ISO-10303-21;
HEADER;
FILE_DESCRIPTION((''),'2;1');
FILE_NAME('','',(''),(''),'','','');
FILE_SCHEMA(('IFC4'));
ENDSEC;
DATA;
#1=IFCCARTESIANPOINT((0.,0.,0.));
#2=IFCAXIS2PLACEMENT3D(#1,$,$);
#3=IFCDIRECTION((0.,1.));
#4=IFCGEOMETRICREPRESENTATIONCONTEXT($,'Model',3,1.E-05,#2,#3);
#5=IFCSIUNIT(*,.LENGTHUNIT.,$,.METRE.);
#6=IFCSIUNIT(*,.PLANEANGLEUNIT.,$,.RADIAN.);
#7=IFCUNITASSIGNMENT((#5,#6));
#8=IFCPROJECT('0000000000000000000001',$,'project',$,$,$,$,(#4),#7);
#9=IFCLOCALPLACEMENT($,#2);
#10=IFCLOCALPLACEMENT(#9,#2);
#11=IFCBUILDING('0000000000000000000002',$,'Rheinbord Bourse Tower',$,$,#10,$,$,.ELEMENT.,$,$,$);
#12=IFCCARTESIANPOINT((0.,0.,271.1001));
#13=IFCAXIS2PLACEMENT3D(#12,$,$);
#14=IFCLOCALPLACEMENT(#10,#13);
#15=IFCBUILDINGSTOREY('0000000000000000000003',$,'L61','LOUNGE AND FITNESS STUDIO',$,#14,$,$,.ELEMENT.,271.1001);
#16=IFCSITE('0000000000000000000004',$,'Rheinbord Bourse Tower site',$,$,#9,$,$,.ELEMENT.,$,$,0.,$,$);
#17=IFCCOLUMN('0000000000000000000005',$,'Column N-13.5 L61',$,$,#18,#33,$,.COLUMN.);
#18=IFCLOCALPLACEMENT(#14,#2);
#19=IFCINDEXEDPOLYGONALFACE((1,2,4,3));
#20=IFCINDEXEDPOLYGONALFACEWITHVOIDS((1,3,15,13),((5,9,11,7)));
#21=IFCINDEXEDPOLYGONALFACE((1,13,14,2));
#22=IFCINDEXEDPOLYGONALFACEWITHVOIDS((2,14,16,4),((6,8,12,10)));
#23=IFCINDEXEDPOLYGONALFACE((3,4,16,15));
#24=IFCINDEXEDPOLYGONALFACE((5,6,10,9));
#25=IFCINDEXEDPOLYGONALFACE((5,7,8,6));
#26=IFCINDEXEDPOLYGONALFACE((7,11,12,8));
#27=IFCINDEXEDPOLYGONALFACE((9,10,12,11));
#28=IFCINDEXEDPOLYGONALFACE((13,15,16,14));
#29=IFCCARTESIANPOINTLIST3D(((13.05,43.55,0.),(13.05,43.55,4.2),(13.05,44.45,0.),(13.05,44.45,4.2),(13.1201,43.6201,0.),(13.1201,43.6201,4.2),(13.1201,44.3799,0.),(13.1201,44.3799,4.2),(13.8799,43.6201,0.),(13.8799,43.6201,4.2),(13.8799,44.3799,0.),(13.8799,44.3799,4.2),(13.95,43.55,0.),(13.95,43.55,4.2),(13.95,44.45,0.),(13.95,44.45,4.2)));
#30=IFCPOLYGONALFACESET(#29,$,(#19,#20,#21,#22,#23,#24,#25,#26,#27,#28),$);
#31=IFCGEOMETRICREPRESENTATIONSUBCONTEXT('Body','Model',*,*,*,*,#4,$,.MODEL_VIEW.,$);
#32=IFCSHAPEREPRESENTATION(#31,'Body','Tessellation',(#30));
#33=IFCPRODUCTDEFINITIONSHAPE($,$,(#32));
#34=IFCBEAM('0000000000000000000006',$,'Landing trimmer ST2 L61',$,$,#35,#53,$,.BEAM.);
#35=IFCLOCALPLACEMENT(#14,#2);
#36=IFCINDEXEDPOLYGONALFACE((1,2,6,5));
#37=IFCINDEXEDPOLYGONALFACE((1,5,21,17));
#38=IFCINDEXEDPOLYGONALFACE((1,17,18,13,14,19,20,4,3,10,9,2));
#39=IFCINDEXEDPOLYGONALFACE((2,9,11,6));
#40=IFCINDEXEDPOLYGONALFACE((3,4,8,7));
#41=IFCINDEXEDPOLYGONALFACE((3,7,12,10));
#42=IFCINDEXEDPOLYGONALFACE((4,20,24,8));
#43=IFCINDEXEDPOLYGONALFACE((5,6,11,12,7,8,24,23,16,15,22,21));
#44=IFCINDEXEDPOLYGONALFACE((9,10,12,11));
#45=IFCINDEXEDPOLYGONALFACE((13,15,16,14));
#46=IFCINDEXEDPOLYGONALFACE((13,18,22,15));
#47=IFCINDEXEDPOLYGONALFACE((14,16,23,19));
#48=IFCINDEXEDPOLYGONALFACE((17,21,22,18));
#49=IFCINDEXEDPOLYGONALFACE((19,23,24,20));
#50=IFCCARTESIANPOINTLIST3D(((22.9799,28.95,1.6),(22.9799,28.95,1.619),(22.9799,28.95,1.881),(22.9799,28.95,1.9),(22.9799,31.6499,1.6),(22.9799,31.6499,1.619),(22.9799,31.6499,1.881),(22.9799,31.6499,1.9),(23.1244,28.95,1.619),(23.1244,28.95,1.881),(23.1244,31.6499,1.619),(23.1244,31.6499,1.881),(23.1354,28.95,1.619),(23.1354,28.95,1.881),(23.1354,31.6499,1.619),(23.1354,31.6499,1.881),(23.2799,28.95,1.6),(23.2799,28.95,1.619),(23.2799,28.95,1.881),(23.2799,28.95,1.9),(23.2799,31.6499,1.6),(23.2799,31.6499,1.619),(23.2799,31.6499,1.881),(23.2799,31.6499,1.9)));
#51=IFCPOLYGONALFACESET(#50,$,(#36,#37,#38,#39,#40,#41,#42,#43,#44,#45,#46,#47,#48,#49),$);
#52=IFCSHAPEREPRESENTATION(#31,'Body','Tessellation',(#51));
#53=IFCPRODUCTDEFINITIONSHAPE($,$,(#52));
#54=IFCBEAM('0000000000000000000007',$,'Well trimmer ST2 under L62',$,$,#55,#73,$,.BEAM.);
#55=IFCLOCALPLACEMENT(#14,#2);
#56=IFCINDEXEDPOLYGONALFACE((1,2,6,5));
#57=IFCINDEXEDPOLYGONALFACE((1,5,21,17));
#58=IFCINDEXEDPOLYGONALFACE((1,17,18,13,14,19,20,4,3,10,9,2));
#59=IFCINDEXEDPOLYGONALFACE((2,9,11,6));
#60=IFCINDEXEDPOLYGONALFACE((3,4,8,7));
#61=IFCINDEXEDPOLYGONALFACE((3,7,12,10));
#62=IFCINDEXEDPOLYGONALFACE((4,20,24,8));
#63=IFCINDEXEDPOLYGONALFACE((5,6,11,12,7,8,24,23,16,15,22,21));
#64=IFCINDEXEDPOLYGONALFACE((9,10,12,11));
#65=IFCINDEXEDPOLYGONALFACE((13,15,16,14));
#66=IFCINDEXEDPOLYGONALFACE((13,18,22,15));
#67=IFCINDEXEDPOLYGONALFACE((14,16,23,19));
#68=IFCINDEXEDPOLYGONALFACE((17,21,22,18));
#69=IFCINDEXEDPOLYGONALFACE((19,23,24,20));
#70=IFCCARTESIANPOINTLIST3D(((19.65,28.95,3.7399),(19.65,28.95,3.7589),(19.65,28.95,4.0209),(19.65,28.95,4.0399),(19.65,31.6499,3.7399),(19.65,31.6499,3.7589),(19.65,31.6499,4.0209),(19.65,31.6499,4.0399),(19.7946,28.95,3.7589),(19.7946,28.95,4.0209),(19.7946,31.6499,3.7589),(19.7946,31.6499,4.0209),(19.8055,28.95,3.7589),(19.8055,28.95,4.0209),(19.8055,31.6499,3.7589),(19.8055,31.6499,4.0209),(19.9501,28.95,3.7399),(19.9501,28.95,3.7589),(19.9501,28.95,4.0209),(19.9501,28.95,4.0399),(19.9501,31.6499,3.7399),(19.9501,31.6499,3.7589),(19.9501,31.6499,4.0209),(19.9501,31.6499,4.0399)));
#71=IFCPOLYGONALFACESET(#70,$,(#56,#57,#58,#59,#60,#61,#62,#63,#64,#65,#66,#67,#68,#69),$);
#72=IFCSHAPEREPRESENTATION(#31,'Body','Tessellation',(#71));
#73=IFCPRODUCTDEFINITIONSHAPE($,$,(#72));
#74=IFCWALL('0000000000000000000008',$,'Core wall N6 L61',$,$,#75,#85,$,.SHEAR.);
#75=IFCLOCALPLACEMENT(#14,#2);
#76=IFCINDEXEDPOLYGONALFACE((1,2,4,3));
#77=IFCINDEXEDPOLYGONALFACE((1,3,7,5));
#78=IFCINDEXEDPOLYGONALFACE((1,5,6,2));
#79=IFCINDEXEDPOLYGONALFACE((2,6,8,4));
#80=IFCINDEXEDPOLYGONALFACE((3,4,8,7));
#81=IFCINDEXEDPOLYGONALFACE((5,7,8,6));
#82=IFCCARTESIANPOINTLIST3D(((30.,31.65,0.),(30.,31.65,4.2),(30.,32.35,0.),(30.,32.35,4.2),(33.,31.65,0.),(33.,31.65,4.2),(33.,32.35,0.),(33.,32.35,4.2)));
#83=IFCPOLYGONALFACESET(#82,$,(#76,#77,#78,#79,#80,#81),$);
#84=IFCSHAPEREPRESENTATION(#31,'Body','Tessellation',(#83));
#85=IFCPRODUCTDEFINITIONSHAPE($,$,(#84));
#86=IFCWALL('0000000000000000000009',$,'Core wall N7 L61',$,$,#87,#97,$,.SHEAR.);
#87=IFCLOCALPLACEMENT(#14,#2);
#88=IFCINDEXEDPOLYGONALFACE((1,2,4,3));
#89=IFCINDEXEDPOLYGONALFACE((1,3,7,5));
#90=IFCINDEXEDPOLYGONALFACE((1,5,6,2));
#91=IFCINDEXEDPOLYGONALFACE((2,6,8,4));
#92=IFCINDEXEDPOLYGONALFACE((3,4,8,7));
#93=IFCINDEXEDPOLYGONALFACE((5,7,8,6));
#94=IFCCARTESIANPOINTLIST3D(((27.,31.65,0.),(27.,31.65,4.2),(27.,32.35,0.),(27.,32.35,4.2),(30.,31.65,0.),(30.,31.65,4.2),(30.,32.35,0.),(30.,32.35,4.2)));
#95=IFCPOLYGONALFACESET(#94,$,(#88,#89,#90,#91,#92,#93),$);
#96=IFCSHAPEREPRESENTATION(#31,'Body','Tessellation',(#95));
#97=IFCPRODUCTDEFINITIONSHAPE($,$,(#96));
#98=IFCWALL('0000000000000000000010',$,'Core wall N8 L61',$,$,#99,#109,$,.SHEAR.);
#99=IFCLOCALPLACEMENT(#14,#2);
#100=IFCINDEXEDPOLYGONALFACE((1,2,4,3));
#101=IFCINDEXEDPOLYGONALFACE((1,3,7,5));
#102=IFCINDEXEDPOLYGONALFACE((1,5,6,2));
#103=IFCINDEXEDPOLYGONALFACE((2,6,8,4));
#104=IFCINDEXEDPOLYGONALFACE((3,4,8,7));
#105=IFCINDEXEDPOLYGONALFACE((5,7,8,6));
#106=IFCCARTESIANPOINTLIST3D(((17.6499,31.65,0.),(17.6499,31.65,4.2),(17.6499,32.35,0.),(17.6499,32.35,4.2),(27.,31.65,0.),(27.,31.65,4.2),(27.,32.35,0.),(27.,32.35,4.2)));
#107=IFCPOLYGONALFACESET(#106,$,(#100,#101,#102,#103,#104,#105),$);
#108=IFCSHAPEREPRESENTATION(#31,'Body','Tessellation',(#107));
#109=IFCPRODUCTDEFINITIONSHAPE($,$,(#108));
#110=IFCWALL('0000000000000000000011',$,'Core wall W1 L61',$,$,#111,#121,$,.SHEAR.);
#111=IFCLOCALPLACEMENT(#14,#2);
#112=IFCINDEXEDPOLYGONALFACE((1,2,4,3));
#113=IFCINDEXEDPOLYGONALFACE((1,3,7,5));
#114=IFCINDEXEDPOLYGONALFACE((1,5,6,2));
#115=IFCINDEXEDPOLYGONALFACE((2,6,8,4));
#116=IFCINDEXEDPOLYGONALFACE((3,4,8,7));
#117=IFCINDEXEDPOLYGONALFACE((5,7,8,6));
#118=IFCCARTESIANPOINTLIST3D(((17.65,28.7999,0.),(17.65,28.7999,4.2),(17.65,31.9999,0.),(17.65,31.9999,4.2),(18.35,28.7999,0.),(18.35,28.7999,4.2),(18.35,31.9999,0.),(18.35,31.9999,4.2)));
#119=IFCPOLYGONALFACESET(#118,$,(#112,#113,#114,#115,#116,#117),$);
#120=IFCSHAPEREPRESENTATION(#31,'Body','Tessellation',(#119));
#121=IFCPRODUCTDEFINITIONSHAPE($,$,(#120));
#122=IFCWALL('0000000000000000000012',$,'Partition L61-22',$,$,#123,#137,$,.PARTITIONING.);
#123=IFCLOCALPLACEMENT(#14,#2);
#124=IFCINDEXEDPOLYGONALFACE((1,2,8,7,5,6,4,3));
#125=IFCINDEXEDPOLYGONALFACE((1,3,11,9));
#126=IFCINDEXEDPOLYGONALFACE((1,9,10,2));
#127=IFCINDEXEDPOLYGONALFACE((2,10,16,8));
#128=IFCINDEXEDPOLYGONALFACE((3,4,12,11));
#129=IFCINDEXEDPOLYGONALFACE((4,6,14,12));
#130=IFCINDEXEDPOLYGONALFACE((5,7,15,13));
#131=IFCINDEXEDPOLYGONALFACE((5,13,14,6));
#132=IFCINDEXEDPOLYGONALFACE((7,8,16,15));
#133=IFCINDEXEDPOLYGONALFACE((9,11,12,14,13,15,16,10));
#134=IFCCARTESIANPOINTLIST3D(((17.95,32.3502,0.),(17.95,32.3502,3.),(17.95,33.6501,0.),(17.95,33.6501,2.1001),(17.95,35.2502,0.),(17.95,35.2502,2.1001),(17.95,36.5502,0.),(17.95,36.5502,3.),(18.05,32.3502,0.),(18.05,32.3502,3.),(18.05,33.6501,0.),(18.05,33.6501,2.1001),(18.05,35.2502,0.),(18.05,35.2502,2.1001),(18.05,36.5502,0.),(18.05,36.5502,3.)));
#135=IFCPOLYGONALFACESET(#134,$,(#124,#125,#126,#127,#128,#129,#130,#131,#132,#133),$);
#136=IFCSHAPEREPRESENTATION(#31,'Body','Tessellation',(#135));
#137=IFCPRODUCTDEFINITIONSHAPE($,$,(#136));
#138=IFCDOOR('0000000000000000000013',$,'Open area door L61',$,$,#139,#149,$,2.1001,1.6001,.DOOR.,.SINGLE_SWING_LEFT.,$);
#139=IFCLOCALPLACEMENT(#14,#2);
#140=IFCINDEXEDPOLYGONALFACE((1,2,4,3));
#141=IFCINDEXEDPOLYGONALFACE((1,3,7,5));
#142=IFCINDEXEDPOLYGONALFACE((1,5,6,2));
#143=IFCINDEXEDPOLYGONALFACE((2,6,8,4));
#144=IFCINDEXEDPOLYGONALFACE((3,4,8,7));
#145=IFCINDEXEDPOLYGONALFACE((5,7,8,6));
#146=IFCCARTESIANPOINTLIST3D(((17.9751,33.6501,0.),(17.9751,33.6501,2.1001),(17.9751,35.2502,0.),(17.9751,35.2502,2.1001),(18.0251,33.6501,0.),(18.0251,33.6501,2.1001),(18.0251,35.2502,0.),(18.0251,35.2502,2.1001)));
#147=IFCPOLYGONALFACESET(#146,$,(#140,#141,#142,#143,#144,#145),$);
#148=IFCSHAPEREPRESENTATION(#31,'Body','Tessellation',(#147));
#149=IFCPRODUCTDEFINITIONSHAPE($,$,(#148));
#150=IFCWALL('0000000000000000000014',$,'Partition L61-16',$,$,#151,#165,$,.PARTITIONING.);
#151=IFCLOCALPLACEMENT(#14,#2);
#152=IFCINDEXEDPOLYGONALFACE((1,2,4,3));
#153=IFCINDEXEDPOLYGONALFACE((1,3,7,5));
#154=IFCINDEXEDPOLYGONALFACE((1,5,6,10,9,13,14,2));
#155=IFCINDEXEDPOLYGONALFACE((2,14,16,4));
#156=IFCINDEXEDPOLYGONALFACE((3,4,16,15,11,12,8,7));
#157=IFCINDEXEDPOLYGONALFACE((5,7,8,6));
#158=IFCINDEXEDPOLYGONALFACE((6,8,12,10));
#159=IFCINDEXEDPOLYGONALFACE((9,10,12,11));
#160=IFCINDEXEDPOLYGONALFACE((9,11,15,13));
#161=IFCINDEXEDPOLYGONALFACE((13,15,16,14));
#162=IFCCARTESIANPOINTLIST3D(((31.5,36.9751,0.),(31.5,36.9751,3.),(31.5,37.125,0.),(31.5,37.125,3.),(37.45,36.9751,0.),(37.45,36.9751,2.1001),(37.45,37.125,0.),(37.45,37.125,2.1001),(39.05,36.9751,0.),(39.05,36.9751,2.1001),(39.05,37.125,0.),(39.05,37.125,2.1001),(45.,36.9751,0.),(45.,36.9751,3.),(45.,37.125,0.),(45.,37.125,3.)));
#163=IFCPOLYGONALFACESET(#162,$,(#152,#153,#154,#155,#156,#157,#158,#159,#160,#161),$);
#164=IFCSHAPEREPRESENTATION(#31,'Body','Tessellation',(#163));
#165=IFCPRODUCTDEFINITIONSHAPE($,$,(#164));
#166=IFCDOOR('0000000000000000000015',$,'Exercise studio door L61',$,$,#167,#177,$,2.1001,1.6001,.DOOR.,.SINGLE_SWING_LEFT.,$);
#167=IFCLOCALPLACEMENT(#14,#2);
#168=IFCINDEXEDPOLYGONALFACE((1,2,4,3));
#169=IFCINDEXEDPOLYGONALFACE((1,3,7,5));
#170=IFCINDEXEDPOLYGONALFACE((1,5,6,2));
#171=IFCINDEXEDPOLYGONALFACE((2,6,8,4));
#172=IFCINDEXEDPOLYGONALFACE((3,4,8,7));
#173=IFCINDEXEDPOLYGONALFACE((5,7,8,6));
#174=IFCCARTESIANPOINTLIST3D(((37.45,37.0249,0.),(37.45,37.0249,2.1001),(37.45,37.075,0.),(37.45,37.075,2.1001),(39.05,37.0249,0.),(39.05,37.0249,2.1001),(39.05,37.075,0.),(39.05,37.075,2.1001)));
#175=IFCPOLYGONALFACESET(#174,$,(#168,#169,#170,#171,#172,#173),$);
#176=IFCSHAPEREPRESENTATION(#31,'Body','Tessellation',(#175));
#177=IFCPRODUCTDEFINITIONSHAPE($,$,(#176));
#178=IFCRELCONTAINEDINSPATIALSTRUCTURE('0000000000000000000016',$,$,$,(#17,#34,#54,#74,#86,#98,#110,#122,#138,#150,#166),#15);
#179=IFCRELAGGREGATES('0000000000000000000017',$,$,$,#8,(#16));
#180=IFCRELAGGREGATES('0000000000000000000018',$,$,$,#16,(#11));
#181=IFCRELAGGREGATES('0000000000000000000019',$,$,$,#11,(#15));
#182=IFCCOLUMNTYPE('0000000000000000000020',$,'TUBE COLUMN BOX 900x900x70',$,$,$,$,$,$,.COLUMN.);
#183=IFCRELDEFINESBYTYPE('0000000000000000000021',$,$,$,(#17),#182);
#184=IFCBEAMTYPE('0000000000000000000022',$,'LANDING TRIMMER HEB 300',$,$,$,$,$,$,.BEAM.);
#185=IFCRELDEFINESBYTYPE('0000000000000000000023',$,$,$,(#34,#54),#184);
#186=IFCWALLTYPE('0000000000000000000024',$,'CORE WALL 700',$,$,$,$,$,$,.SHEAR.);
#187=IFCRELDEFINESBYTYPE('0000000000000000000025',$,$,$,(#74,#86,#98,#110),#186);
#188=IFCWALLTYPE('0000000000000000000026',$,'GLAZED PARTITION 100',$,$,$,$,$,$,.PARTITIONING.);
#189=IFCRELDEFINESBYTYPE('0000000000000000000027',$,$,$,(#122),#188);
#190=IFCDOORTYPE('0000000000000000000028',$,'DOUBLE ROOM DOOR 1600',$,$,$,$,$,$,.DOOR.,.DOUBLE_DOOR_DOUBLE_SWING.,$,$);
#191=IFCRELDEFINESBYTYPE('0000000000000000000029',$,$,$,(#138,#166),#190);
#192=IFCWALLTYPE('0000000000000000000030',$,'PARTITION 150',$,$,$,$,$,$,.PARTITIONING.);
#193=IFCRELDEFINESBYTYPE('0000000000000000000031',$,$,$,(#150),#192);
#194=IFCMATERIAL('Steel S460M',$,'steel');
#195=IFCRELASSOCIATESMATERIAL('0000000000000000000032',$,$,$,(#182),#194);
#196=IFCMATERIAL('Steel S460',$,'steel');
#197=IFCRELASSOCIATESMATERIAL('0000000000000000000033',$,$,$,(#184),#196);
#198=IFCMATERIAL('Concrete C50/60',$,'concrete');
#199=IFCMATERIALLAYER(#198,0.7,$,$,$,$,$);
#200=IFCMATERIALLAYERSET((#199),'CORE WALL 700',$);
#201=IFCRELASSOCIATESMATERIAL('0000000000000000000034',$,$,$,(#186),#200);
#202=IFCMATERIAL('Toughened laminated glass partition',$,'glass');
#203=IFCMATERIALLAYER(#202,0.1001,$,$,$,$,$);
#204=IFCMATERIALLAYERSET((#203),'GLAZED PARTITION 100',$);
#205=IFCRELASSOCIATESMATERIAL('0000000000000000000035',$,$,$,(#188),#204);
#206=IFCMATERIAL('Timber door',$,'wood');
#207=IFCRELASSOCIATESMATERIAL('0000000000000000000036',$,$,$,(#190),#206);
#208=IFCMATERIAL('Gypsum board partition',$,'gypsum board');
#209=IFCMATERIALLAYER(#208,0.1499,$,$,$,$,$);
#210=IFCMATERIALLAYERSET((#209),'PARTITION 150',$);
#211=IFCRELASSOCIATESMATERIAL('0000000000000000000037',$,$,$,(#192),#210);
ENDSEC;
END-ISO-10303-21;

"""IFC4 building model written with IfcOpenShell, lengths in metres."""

from ifc_helpers import new_model, si_unit, direction, frame, frame_2d, origin, origin_2d, place, context, subcontext, project, spatial, rectangle, hollow_rectangle, i_section, extrude, material, layer, layer_set, material_profile, profile_set, type_object, element, fill, save


model = new_model("IFC4")

# Units and contexts
model_context = context("Model", 3, precision=1e-05, world=origin(), true_north=direction((0.0, 1.0)))
body_context = subcontext(model_context, "Body", "Model", "MODEL_VIEW")
ifc_project = project(units=[si_unit("LENGTHUNIT", "METRE"), si_unit("PLANEANGLEUNIT", "RADIAN")], contexts=[model_context])

# Site, building, storey
site_placement = place(None, origin())
site = spatial("IfcSite", under=ifc_project, at=site_placement, Name="Rheinbord Bourse Tower site", CompositionType="ELEMENT", RefElevation=0.0)
building_placement = place(site_placement, origin())
building = spatial("IfcBuilding", under=site, at=building_placement, Name="Rheinbord Bourse Tower", CompositionType="ELEMENT")
storey_placement = place(building_placement, frame((0.0, 0.0, 271.1001)))
storey = spatial("IfcBuildingStorey", under=building, at=storey_placement, Name="L61", Description="LOUNGE AND FITNESS STUDIO", CompositionType="ELEMENT", Elevation=271.1001)

# Column
ifc_material_1 = material(Name="Steel S460M", Category="steel")
ifc_material_profile_1 = material_profile(ifc_material_1, hollow_rectangle(XDim=0.8999, YDim=0.8999, WallThickness=0.0701, at=origin_2d()), Name="BOX 900x900x70")
ifc_profile_set_1 = profile_set([ifc_material_profile_1], Name="Steel S460M")
column_type = type_object("IfcColumnType", Name="TUBE COLUMN BOX 900x900x70", PredefinedType="COLUMN", material=ifc_profile_set_1)
column_placement = place(storey_placement, frame((13.5, 44.0, 0.0), z_axis=(0.0, 0.0, 1.0), x_axis=(0.0, 1.0, 0.0)))
element("IfcColumn", 1, at=column_placement, inside=storey, type_object=column_type, Name="Column N-13.5 L61", PredefinedType="COLUMN", context=body_context, shape_type="SweptSolid", body=[
    extrude(hollow_rectangle(XDim=0.8999, YDim=0.8999, WallThickness=0.0701, at=origin_2d()), origin(), (0.0, 0.0, 1.0), 4.2),
])

# Beams
ifc_material_2 = material(Name="Steel S460", Category="steel")
ifc_material_profile_2 = material_profile(ifc_material_2, i_section(OverallWidth=0.3, OverallDepth=0.3, WebThickness=0.011, FlangeThickness=0.019, at=origin_2d()), Name="HEB 300")
ifc_profile_set_2 = profile_set([ifc_material_profile_2], Name="Steel S460")
beam_type = type_object("IfcBeamType", Name="LANDING TRIMMER HEB 300", PredefinedType="BEAM", material=ifc_profile_set_2)
for number, where, z_axis, x_axis, name in (
    (2, (23.1299, 28.95, 1.75), (0.0, 1.0, 0.0), (-1.0, 0.0, 0.0), "Landing trimmer ST2 L61"),
    (3, (19.8, 28.95, 3.8899), (0.0, 1.0, 0.0), (-1.0, 0.0, 0.0), "Well trimmer ST2 under L62"),
):
    element("IfcBeam", number, at=place(storey_placement, frame(where, z_axis=z_axis, x_axis=x_axis)), inside=storey, type_object=beam_type, Name=name, PredefinedType="BEAM", context=body_context, shape_type="SweptSolid", body=[
        extrude(i_section(OverallWidth=0.3, OverallDepth=0.3, WebThickness=0.011, FlangeThickness=0.019, at=origin_2d()), origin(), (0.0, 0.0, 1.0), 2.7),
    ])

# Walls
ifc_material_3 = material(Name="Concrete C50/60", Category="concrete")
ifc_layer_1 = layer(ifc_material_3, 0.7)
ifc_layer_set_1 = layer_set([ifc_layer_1], Name="CORE WALL 700")
wall_type_1 = type_object("IfcWallType", Name="CORE WALL 700", PredefinedType="SHEAR", material=ifc_layer_set_1)
for number, where, z_axis, x_axis, name in (
    (4, (33.0, 32.0, 0.0), (0.0, 0.0, 1.0), (-1.0, 0.0, 0.0), "Core wall N6 L61"),
    (5, (30.0, 32.0, 0.0), (0.0, 0.0, 1.0), (-1.0, 0.0, 0.0), "Core wall N7 L61"),
):
    element("IfcWall", number, at=place(storey_placement, frame(where, z_axis=z_axis, x_axis=x_axis)), inside=storey, type_object=wall_type_1, Name=name, PredefinedType="SHEAR", context=body_context, shape_type="SweptSolid", body=[
        extrude(rectangle(XDim=3.0, YDim=0.7, at=frame_2d((1.5, 0.0))), origin(), (0.0, 0.0, 1.0), 4.2),
    ])
wall_1_placement = place(storey_placement, frame((27.0, 32.0, 0.0), z_axis=(0.0, 0.0, 1.0), x_axis=(-1.0, 0.0, 0.0)))
element("IfcWall", 6, at=wall_1_placement, inside=storey, type_object=wall_type_1, Name="Core wall N8 L61", PredefinedType="SHEAR", context=body_context, shape_type="SweptSolid", body=[
    extrude(rectangle(XDim=9.3501, YDim=0.7, at=frame_2d((4.675, 0.0))), origin(), (0.0, 0.0, 1.0), 4.2),
])
wall_2_placement = place(storey_placement, frame((18.0, 32.0, 0.0), z_axis=(0.0, 0.0, 1.0), x_axis=(0.0, -1.0, 0.0)))
element("IfcWall", 7, at=wall_2_placement, inside=storey, type_object=wall_type_1, Name="Core wall W1 L61", PredefinedType="SHEAR", context=body_context, shape_type="SweptSolid", body=[
    extrude(rectangle(XDim=3.2, YDim=0.7, at=frame_2d((1.6001, 0.0))), origin(), (0.0, 0.0, 1.0), 4.2),
])

# Walls, openings, doors
ifc_material_4 = material(Name="Toughened laminated glass partition", Category="glass")
ifc_layer_2 = layer(ifc_material_4, 0.1001)
ifc_layer_set_2 = layer_set([ifc_layer_2], Name="GLAZED PARTITION 100")
wall_type_2 = type_object("IfcWallType", Name="GLAZED PARTITION 100", PredefinedType="PARTITIONING", material=ifc_layer_set_2)
wall_3_placement = place(storey_placement, frame((18.0, 32.3501, 0.0), z_axis=(0.0, 0.0, 1.0), x_axis=(0.0, 1.0, 0.0)))
wall_3 = element("IfcWall", 8, at=wall_3_placement, inside=storey, type_object=wall_type_2, Name="Partition L61-22", PredefinedType="PARTITIONING", context=body_context, shape_type="SweptSolid", body=[
    extrude(rectangle(XDim=4.2, YDim=0.1001, at=frame_2d((2.1001, 0.0))), origin(), (0.0, 0.0, 1.0), 3.0),
])
opening_1_placement = place(wall_3_placement, frame((1.3, 0.0, 0.0)))
opening_1 = element("IfcOpeningElement", 9, at=opening_1_placement, cuts=wall_3, PredefinedType="OPENING", context=body_context, shape_type="SweptSolid", body=[
    extrude(rectangle(XDim=1.6001, YDim=2.1001, at=frame_2d((0.8, 1.05))), frame((0.0, 0.0601, 0.0), z_axis=(0.0, -1.0, 0.0), x_axis=(1.0, 0.0, 0.0)), (0.0, 0.0, 1.0), 0.1201),
])
ifc_material_5 = material(Name="Timber door", Category="wood")
door_type = type_object("IfcDoorType", Name="DOUBLE ROOM DOOR 1600", OperationType="DOUBLE_DOOR_DOUBLE_SWING", PredefinedType="DOOR", material=ifc_material_5)
door_1_placement = place(opening_1_placement, origin())
door_1 = element("IfcDoor", 10, at=door_1_placement, inside=storey, type_object=door_type, Name="Open area door L61", OperationType="SINGLE_SWING_LEFT", OverallHeight=2.1001, OverallWidth=1.6001, PredefinedType="DOOR", context=body_context, shape_type="SweptSolid", body=[
    extrude(rectangle(XDim=1.6001, YDim=2.1001, at=frame_2d((0.8, 1.05))), frame((0.0, 0.0249, 0.0), z_axis=(0.0, -1.0, 0.0), x_axis=(1.0, 0.0, 0.0)), (0.0, 0.0, 1.0), 0.05),
])
fill(opening_1, door_1)
ifc_material_6 = material(Name="Gypsum board partition", Category="gypsum board")
ifc_layer_3 = layer(ifc_material_6, 0.1499)
ifc_layer_set_3 = layer_set([ifc_layer_3], Name="PARTITION 150")
wall_type_3 = type_object("IfcWallType", Name="PARTITION 150", PredefinedType="PARTITIONING", material=ifc_layer_set_3)
wall_4_placement = place(storey_placement, frame((31.5, 37.05, 0.0), z_axis=(0.0, 0.0, 1.0), x_axis=(1.0, 0.0, 0.0)))
wall_4 = element("IfcWall", 11, at=wall_4_placement, inside=storey, type_object=wall_type_3, Name="Partition L61-16", PredefinedType="PARTITIONING", context=body_context, shape_type="SweptSolid", body=[
    extrude(rectangle(XDim=13.5, YDim=0.1499, at=frame_2d((6.75, 0.0))), origin(), (0.0, 0.0, 1.0), 3.0),
])
opening_2_placement = place(wall_4_placement, frame((5.95, 0.0, 0.0)))
opening_2 = element("IfcOpeningElement", 12, at=opening_2_placement, cuts=wall_4, PredefinedType="OPENING", context=body_context, shape_type="SweptSolid", body=[
    extrude(rectangle(XDim=1.6001, YDim=2.1001, at=frame_2d((0.8, 1.05))), frame((0.0, 0.085, 0.0), z_axis=(0.0, -1.0, 0.0), x_axis=(1.0, 0.0, 0.0)), (0.0, 0.0, 1.0), 0.1699),
])
door_2_placement = place(opening_2_placement, origin())
door_2 = element("IfcDoor", 13, at=door_2_placement, inside=storey, type_object=door_type, Name="Exercise studio door L61", OperationType="SINGLE_SWING_LEFT", OverallHeight=2.1001, OverallWidth=1.6001, PredefinedType="DOOR", context=body_context, shape_type="SweptSolid", body=[
    extrude(rectangle(XDim=1.6001, YDim=2.1001, at=frame_2d((0.8, 1.05))), frame((0.0, 0.0249, 0.0), z_axis=(0.0, -1.0, 0.0), x_axis=(1.0, 0.0, 0.0)), (0.0, 0.0, 1.0), 0.05),
])
fill(opening_2, door_2)

save(model, "model.ifc")
